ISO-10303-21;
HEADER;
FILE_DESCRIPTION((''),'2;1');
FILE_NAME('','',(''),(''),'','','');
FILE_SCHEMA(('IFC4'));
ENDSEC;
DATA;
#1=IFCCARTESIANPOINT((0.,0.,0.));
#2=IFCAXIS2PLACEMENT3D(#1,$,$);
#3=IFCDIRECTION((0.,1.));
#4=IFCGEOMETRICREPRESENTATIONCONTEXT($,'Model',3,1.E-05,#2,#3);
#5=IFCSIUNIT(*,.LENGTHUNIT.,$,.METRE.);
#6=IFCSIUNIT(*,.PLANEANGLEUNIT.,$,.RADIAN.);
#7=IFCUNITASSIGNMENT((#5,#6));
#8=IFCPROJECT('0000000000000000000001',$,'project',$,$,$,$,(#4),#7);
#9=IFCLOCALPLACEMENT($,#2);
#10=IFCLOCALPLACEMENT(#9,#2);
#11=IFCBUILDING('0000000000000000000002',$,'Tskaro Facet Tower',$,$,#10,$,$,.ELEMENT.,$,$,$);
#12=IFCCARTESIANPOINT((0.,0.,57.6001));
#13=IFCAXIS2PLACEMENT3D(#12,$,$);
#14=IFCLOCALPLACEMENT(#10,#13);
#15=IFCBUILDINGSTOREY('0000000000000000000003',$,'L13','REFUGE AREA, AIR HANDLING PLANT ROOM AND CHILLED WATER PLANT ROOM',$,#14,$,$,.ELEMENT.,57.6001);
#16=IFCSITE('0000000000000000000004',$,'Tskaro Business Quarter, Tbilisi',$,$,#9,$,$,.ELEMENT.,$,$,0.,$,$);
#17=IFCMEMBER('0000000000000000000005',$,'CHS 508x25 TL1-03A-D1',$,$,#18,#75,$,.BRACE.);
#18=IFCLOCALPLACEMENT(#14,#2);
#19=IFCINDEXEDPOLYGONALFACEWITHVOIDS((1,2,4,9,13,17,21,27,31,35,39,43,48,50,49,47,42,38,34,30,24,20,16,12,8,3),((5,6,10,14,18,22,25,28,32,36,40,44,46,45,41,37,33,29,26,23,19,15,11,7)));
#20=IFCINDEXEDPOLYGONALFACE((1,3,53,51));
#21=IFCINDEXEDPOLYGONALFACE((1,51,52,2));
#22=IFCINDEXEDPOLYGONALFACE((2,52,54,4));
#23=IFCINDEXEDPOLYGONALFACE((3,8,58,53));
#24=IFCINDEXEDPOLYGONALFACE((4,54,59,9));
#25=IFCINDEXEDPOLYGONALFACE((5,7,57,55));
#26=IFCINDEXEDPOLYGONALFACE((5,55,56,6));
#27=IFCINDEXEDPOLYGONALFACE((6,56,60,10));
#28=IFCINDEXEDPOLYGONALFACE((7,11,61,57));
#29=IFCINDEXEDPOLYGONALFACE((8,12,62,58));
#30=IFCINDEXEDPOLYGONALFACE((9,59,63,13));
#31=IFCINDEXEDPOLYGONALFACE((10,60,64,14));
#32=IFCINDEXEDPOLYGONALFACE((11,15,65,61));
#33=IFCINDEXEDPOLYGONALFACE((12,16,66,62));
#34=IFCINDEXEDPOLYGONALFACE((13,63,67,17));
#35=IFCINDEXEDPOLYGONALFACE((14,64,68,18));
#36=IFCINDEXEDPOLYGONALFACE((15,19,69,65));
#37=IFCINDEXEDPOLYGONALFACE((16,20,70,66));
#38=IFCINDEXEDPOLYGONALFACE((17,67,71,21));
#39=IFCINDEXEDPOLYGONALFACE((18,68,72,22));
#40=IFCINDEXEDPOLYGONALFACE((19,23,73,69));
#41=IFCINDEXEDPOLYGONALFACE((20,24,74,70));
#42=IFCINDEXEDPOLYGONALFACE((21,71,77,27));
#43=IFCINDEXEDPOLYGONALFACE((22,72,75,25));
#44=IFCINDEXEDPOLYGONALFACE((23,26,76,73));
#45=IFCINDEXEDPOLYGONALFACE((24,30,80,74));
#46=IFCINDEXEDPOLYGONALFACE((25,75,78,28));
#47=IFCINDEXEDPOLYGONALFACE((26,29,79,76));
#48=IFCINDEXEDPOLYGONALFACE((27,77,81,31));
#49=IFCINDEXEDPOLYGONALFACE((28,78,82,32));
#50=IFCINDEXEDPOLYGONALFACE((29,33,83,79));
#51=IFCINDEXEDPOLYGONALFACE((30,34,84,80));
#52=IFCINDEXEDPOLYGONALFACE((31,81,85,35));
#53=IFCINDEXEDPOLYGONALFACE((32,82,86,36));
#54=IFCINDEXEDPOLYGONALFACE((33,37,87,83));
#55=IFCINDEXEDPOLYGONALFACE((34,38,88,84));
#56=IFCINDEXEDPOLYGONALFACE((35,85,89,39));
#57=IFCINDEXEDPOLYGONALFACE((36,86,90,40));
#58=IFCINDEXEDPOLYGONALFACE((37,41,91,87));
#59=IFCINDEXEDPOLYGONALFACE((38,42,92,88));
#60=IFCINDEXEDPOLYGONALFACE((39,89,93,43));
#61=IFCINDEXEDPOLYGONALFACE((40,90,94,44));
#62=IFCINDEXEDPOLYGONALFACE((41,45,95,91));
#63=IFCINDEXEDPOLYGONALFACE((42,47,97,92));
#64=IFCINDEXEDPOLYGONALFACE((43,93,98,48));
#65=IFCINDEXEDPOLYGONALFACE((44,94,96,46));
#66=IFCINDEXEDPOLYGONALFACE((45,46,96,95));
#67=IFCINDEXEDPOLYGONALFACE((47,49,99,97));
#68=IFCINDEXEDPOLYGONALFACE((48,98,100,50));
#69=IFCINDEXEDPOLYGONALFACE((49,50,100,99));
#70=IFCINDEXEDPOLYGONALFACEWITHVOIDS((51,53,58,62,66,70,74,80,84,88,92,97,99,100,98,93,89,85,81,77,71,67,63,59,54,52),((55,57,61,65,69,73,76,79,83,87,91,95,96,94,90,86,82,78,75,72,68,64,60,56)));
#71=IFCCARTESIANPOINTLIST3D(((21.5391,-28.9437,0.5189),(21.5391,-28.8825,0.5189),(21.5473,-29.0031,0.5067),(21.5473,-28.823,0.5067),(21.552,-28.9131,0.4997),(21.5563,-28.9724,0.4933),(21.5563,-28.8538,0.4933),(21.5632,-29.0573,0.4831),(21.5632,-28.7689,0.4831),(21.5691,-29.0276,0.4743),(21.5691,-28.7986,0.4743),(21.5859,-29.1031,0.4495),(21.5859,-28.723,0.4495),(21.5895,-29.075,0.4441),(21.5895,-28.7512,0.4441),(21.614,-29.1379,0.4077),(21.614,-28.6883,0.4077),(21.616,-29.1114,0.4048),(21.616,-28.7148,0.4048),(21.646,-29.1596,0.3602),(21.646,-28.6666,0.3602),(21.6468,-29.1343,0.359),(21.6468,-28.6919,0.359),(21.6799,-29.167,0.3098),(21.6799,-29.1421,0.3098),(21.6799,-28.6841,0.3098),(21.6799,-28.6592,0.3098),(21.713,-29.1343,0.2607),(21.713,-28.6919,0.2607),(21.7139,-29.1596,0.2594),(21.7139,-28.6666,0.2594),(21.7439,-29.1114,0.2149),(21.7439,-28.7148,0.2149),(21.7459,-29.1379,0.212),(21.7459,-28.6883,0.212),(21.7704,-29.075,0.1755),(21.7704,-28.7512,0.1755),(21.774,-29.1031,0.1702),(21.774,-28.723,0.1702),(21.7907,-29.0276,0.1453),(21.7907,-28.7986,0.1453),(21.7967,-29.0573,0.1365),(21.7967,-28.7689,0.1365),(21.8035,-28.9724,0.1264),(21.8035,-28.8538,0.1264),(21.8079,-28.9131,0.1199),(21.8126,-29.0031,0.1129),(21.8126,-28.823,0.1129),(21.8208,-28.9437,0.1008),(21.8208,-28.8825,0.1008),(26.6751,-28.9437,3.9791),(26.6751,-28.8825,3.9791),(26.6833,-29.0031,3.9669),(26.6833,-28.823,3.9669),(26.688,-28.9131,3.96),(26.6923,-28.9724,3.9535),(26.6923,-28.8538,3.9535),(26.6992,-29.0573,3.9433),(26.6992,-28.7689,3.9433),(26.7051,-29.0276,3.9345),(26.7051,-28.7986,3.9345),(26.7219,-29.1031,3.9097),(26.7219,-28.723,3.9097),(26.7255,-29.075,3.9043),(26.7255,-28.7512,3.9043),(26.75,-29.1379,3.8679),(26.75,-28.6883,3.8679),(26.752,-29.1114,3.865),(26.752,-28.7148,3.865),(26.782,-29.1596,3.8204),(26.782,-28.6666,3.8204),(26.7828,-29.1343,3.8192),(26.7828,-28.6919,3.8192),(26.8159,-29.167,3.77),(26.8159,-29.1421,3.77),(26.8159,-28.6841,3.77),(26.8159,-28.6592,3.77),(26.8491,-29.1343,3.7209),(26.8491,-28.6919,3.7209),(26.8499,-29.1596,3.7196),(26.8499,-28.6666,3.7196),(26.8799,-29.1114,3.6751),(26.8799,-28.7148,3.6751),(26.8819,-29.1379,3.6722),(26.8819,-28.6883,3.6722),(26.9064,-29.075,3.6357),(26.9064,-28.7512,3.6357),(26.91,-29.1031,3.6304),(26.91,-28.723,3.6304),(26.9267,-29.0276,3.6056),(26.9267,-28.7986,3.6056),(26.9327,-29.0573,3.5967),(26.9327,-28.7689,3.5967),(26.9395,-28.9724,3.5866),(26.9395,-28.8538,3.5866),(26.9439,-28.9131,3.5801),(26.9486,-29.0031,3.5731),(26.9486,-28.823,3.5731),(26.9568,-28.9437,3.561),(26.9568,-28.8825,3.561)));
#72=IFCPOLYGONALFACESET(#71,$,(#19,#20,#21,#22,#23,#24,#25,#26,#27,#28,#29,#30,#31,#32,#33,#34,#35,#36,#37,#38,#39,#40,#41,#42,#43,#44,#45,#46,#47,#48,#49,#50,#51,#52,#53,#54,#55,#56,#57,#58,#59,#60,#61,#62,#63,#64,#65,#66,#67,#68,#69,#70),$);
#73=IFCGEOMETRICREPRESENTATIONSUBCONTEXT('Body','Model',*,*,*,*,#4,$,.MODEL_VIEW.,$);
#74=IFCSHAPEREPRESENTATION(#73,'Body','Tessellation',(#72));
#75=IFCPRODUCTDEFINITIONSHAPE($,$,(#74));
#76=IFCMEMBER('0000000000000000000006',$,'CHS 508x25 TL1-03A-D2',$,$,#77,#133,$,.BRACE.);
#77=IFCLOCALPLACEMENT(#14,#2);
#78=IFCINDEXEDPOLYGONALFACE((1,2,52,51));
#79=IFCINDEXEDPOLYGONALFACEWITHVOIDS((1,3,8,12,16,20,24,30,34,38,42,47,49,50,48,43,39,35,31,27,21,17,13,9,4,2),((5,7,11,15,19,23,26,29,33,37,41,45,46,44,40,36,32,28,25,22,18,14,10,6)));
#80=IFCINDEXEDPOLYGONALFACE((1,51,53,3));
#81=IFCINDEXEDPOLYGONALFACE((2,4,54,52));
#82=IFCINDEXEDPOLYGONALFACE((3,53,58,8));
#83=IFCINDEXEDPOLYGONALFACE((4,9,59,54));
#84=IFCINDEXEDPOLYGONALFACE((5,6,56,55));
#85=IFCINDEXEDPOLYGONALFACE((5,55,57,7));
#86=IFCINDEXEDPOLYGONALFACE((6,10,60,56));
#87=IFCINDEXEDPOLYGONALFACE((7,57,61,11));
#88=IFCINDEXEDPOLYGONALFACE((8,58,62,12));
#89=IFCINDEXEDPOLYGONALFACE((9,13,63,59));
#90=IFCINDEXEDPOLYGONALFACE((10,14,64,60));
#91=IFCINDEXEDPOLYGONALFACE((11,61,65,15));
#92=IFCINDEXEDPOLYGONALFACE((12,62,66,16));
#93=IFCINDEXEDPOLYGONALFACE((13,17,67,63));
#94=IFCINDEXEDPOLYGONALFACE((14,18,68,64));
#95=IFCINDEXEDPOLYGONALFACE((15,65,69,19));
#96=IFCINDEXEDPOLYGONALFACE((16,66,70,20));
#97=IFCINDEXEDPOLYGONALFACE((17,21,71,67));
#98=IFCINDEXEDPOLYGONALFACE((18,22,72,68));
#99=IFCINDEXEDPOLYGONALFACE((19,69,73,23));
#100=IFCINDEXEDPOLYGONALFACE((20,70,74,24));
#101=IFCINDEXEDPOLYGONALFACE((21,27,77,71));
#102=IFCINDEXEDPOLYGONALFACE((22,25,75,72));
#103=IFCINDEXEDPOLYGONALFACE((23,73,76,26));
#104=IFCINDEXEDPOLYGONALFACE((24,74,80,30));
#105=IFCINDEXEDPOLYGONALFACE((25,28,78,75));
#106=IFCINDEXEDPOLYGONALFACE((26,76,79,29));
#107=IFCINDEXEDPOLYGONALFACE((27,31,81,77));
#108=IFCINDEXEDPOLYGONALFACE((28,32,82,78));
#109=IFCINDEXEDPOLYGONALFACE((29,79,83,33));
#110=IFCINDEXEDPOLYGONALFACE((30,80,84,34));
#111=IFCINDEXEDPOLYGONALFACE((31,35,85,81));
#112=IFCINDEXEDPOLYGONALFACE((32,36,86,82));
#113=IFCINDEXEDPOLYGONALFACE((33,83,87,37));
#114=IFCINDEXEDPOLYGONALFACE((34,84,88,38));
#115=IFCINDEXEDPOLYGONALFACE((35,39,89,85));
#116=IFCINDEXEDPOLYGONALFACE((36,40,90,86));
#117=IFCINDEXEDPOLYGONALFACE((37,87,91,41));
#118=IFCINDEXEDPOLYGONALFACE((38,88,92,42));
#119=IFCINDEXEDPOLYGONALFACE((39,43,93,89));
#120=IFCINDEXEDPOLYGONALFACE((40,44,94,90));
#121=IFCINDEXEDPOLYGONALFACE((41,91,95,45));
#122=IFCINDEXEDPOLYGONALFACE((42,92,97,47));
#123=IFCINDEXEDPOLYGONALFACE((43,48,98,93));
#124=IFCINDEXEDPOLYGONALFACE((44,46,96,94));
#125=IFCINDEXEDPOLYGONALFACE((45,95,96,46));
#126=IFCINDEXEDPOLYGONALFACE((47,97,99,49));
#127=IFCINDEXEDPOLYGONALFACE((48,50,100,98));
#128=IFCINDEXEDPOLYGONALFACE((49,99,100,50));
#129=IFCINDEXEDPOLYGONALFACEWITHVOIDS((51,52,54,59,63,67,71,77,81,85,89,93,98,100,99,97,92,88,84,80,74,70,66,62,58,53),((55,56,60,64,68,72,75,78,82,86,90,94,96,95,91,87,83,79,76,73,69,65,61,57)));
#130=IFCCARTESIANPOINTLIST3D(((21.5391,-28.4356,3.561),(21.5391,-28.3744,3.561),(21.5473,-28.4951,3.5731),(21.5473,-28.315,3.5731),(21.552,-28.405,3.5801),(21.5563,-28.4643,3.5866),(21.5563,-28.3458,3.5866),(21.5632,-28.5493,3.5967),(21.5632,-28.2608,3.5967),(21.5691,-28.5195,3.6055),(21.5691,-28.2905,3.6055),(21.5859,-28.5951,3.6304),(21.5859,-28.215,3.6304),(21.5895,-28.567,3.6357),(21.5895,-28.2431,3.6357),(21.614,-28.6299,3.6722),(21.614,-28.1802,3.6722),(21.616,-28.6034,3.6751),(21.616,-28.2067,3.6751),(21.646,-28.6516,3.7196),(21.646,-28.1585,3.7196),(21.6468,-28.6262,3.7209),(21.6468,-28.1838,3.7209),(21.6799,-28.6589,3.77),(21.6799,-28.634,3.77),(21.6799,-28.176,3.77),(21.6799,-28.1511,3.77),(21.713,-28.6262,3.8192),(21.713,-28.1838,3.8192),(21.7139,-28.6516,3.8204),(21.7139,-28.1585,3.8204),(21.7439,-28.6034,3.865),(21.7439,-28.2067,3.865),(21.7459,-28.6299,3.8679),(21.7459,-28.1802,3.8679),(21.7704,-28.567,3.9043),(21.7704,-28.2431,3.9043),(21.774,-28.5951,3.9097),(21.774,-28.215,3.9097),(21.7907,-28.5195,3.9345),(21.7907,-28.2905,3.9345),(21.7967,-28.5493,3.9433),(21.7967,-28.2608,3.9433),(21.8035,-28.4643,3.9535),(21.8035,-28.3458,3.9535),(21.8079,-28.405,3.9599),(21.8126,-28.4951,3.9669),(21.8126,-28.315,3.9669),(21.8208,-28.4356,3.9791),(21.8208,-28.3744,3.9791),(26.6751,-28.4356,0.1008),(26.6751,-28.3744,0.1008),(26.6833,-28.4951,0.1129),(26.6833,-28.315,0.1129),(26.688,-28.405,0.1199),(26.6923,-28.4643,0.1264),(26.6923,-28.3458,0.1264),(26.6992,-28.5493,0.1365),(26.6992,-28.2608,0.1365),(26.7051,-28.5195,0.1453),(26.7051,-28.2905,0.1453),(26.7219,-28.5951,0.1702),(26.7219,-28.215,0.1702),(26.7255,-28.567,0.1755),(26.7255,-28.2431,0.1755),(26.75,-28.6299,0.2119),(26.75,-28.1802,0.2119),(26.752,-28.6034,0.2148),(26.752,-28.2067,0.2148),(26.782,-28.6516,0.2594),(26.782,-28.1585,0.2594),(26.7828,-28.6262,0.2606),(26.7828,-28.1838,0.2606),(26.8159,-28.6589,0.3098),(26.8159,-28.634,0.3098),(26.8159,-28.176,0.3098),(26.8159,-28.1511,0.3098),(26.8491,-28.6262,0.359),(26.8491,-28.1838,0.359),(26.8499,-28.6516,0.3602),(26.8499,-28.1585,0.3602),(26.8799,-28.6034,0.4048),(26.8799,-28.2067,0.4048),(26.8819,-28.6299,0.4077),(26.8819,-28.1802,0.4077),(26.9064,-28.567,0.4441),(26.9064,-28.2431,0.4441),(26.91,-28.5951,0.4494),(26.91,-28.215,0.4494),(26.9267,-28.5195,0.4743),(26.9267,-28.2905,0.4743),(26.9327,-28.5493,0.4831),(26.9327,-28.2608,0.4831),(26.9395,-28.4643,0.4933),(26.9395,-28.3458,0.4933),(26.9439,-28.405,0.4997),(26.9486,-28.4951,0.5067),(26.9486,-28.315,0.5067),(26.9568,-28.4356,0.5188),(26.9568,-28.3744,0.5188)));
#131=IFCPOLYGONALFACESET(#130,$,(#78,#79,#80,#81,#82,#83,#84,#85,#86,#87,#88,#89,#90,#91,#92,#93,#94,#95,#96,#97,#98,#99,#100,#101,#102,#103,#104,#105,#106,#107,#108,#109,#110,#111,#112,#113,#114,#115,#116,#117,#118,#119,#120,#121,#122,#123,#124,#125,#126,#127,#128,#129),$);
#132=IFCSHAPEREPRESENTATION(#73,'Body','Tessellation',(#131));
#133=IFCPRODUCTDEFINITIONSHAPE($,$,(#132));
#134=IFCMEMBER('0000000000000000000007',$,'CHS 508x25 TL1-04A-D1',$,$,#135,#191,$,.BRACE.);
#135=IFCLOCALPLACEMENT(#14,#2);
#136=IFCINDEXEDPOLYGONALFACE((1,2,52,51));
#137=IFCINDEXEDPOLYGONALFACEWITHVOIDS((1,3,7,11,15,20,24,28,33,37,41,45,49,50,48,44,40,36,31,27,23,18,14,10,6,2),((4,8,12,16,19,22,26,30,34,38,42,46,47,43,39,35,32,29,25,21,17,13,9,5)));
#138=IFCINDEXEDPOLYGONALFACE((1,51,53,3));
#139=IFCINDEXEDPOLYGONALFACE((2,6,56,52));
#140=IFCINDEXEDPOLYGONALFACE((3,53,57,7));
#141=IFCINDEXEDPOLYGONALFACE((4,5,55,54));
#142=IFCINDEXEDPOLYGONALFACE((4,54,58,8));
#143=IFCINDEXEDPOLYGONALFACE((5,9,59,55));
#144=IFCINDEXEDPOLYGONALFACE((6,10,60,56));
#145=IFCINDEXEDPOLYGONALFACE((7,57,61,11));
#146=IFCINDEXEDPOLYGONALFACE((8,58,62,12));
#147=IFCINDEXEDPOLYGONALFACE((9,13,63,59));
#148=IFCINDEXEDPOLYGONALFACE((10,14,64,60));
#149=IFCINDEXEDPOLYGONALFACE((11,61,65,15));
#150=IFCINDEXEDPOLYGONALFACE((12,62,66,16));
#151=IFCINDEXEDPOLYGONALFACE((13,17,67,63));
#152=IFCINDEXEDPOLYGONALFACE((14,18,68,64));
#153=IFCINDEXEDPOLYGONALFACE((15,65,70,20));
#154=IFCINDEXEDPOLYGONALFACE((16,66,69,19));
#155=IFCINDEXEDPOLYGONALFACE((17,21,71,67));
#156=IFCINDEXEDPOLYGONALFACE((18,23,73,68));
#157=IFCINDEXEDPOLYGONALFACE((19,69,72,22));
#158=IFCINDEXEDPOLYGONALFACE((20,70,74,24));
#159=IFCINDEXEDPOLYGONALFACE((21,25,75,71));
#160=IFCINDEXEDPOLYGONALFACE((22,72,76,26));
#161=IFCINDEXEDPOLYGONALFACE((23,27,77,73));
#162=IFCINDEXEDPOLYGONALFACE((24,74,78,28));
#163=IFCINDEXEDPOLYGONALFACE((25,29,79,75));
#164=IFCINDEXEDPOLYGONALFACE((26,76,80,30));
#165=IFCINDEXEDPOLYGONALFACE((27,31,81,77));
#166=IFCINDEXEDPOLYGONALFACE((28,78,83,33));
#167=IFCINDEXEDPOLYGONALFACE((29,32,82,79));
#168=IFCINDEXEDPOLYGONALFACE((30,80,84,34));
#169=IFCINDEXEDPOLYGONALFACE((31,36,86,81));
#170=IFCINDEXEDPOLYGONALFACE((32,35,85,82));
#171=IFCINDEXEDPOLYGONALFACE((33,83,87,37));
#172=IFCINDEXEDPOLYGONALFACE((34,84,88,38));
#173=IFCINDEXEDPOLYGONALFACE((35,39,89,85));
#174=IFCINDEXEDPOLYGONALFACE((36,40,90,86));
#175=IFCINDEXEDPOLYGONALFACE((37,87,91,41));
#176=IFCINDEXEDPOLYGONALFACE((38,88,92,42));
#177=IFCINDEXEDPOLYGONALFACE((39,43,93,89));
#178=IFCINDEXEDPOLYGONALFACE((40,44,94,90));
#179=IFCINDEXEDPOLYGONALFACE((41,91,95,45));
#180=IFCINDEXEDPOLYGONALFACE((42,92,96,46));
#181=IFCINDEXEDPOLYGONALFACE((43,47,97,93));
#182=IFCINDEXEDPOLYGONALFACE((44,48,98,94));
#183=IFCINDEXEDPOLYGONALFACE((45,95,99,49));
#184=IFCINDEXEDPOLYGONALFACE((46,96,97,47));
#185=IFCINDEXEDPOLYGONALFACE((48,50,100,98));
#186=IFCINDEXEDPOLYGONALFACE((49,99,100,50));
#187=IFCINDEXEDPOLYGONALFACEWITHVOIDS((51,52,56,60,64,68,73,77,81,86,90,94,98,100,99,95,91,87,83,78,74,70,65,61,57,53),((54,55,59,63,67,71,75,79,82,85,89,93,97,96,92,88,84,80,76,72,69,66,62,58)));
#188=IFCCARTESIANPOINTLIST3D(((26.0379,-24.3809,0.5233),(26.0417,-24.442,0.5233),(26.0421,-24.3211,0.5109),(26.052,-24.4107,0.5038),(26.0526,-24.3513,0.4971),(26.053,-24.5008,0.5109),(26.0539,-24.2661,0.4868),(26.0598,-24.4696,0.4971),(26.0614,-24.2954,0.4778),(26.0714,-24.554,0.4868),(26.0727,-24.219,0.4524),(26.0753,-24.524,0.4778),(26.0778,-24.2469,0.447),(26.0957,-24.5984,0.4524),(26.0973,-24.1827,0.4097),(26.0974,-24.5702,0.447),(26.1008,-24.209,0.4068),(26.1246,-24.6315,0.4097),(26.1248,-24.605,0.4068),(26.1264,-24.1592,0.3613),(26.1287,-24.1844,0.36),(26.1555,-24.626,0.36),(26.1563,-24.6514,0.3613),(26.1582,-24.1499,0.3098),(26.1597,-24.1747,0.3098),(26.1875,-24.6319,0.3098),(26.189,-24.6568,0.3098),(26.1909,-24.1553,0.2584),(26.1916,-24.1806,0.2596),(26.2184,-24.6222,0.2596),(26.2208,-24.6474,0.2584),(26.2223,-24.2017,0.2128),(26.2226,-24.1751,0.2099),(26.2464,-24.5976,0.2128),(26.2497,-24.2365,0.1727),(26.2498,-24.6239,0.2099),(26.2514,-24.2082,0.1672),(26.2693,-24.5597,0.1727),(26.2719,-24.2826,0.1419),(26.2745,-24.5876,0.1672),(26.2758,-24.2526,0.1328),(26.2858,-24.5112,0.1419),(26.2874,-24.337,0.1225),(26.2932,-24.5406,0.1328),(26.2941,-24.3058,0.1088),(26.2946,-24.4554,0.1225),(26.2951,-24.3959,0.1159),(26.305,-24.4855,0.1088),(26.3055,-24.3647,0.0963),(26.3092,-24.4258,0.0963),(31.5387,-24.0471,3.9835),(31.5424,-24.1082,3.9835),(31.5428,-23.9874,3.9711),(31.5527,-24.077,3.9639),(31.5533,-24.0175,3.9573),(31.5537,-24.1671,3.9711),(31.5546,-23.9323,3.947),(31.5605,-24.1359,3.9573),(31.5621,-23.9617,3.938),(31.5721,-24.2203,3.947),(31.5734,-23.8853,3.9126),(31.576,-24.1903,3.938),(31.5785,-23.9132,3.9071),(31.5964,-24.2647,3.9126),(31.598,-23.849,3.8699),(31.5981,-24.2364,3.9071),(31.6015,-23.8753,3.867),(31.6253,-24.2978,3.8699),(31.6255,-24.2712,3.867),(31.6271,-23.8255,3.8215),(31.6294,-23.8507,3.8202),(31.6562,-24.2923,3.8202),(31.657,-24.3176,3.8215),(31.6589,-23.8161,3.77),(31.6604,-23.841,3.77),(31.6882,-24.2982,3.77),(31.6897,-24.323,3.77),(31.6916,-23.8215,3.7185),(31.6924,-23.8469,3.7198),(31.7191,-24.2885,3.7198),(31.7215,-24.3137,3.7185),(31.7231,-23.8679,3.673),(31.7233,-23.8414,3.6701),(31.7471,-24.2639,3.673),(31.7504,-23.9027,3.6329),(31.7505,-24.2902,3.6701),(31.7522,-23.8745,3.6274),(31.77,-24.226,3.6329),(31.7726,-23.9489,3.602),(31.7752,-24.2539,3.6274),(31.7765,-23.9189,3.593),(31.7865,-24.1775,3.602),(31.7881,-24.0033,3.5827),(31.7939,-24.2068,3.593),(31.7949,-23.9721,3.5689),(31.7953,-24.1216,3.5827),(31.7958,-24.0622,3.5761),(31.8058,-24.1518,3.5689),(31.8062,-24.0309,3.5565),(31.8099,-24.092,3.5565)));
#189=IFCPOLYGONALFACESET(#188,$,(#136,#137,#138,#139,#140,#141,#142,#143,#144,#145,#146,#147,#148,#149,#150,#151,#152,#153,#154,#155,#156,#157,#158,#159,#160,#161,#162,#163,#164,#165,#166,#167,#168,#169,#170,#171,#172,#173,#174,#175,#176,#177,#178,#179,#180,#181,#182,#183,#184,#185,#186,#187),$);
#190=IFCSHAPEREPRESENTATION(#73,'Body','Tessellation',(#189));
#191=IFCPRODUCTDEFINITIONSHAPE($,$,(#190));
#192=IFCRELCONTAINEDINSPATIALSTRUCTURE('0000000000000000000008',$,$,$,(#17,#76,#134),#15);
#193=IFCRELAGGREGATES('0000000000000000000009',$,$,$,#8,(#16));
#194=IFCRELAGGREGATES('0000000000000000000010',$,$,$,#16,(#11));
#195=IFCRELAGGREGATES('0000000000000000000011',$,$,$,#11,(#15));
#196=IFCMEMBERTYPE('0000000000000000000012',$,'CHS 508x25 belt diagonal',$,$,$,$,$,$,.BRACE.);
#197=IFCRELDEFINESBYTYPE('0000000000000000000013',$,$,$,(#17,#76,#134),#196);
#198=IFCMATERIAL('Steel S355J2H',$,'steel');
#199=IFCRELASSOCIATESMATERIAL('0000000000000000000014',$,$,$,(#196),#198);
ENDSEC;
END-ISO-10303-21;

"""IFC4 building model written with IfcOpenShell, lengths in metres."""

from ifc_helpers import new_model, si_unit, direction, frame, origin, origin_2d, place, context, subcontext, project, spatial, hollow_circle, extrude, material, material_profile, profile_set, type_object, element, save


model = new_model("IFC4")

# Units and contexts
model_context = context("Model", 3, precision=1e-05, world=origin(), true_north=direction((0.0, 1.0)))
body_context = subcontext(model_context, "Body", "Model", "MODEL_VIEW")
ifc_project = project(units=[si_unit("LENGTHUNIT", "METRE"), si_unit("PLANEANGLEUNIT", "RADIAN")], contexts=[model_context])

# Site, building, storey
site_placement = place(None, origin())
site = spatial("IfcSite", under=ifc_project, at=site_placement, Name="Tskaro Business Quarter, Tbilisi", CompositionType="ELEMENT", RefElevation=0.0)
building_placement = place(site_placement, origin())
building = spatial("IfcBuilding", under=site, at=building_placement, Name="Tskaro Facet Tower", CompositionType="ELEMENT")
storey_placement = place(building_placement, frame((0.0, 0.0, 57.6001)))
storey = spatial("IfcBuildingStorey", under=building, at=storey_placement, Name="L13", Description="REFUGE AREA, AIR HANDLING PLANT ROOM AND CHILLED WATER PLANT ROOM", CompositionType="ELEMENT", Elevation=57.6001)

# Shared definitions
ifc_material_1 = material(Name="Steel S355J2H", Category="steel")

# Members
ifc_material_profile_1 = material_profile(ifc_material_1, hollow_circle(Radius=0.2539, WallThickness=0.0249, at=origin_2d()), Name="CHS 508x25")
ifc_profile_set_1 = profile_set([ifc_material_profile_1], Name="Steel S355J2H")
member_type_1 = type_object("IfcMemberType", Name="CHS 508x25 belt diagonal", PredefinedType="BRACE", material=ifc_profile_set_1)
for number, where, z_axis, x_axis, name in (
    (1, (21.6799, -28.9131, 0.3098), (0.829341, 0.0, 0.558742), (0.0, 1.0, 0.0), "CHS 508x25 TL1-03A-D1"),
    (2, (21.6799, -28.405, 3.77), (0.829341, 0.0, -0.558742), (0.0, 1.0, 0.0), "CHS 508x25 TL1-03A-D2"),
):
    element("IfcMember", number, at=place(storey_placement, frame(where, z_axis=z_axis, x_axis=x_axis)), inside=storey, type_object=member_type_1, Name=name, PredefinedType="BRACE", context=body_context, shape_type="SweptSolid", body=[
        extrude(hollow_circle(Radius=0.2539, WallThickness=0.0249, at=origin_2d()), origin(), (0.0, 0.0, 1.0), 6.1929),
    ])
for number, where, z_axis, x_axis, name in (
    (3, (26.1736, -24.4033, 0.3098), (0.845342, 0.051289, 0.531758), (-0.060561, 0.998165, 0.0), "CHS 508x25 TL1-04A-D1"),
):
    element("IfcMember", number, at=place(storey_placement, frame(where, z_axis=z_axis, x_axis=x_axis)), inside=storey, type_object=member_type_1, Name=name, PredefinedType="BRACE", context=body_context, shape_type="SweptSolid", body=[
        extrude(hollow_circle(Radius=0.2539, WallThickness=0.0249, at=origin_2d()), origin(), (0.0, 0.0, 1.0), 6.5071),
    ])

save(model, "model.ifc")
